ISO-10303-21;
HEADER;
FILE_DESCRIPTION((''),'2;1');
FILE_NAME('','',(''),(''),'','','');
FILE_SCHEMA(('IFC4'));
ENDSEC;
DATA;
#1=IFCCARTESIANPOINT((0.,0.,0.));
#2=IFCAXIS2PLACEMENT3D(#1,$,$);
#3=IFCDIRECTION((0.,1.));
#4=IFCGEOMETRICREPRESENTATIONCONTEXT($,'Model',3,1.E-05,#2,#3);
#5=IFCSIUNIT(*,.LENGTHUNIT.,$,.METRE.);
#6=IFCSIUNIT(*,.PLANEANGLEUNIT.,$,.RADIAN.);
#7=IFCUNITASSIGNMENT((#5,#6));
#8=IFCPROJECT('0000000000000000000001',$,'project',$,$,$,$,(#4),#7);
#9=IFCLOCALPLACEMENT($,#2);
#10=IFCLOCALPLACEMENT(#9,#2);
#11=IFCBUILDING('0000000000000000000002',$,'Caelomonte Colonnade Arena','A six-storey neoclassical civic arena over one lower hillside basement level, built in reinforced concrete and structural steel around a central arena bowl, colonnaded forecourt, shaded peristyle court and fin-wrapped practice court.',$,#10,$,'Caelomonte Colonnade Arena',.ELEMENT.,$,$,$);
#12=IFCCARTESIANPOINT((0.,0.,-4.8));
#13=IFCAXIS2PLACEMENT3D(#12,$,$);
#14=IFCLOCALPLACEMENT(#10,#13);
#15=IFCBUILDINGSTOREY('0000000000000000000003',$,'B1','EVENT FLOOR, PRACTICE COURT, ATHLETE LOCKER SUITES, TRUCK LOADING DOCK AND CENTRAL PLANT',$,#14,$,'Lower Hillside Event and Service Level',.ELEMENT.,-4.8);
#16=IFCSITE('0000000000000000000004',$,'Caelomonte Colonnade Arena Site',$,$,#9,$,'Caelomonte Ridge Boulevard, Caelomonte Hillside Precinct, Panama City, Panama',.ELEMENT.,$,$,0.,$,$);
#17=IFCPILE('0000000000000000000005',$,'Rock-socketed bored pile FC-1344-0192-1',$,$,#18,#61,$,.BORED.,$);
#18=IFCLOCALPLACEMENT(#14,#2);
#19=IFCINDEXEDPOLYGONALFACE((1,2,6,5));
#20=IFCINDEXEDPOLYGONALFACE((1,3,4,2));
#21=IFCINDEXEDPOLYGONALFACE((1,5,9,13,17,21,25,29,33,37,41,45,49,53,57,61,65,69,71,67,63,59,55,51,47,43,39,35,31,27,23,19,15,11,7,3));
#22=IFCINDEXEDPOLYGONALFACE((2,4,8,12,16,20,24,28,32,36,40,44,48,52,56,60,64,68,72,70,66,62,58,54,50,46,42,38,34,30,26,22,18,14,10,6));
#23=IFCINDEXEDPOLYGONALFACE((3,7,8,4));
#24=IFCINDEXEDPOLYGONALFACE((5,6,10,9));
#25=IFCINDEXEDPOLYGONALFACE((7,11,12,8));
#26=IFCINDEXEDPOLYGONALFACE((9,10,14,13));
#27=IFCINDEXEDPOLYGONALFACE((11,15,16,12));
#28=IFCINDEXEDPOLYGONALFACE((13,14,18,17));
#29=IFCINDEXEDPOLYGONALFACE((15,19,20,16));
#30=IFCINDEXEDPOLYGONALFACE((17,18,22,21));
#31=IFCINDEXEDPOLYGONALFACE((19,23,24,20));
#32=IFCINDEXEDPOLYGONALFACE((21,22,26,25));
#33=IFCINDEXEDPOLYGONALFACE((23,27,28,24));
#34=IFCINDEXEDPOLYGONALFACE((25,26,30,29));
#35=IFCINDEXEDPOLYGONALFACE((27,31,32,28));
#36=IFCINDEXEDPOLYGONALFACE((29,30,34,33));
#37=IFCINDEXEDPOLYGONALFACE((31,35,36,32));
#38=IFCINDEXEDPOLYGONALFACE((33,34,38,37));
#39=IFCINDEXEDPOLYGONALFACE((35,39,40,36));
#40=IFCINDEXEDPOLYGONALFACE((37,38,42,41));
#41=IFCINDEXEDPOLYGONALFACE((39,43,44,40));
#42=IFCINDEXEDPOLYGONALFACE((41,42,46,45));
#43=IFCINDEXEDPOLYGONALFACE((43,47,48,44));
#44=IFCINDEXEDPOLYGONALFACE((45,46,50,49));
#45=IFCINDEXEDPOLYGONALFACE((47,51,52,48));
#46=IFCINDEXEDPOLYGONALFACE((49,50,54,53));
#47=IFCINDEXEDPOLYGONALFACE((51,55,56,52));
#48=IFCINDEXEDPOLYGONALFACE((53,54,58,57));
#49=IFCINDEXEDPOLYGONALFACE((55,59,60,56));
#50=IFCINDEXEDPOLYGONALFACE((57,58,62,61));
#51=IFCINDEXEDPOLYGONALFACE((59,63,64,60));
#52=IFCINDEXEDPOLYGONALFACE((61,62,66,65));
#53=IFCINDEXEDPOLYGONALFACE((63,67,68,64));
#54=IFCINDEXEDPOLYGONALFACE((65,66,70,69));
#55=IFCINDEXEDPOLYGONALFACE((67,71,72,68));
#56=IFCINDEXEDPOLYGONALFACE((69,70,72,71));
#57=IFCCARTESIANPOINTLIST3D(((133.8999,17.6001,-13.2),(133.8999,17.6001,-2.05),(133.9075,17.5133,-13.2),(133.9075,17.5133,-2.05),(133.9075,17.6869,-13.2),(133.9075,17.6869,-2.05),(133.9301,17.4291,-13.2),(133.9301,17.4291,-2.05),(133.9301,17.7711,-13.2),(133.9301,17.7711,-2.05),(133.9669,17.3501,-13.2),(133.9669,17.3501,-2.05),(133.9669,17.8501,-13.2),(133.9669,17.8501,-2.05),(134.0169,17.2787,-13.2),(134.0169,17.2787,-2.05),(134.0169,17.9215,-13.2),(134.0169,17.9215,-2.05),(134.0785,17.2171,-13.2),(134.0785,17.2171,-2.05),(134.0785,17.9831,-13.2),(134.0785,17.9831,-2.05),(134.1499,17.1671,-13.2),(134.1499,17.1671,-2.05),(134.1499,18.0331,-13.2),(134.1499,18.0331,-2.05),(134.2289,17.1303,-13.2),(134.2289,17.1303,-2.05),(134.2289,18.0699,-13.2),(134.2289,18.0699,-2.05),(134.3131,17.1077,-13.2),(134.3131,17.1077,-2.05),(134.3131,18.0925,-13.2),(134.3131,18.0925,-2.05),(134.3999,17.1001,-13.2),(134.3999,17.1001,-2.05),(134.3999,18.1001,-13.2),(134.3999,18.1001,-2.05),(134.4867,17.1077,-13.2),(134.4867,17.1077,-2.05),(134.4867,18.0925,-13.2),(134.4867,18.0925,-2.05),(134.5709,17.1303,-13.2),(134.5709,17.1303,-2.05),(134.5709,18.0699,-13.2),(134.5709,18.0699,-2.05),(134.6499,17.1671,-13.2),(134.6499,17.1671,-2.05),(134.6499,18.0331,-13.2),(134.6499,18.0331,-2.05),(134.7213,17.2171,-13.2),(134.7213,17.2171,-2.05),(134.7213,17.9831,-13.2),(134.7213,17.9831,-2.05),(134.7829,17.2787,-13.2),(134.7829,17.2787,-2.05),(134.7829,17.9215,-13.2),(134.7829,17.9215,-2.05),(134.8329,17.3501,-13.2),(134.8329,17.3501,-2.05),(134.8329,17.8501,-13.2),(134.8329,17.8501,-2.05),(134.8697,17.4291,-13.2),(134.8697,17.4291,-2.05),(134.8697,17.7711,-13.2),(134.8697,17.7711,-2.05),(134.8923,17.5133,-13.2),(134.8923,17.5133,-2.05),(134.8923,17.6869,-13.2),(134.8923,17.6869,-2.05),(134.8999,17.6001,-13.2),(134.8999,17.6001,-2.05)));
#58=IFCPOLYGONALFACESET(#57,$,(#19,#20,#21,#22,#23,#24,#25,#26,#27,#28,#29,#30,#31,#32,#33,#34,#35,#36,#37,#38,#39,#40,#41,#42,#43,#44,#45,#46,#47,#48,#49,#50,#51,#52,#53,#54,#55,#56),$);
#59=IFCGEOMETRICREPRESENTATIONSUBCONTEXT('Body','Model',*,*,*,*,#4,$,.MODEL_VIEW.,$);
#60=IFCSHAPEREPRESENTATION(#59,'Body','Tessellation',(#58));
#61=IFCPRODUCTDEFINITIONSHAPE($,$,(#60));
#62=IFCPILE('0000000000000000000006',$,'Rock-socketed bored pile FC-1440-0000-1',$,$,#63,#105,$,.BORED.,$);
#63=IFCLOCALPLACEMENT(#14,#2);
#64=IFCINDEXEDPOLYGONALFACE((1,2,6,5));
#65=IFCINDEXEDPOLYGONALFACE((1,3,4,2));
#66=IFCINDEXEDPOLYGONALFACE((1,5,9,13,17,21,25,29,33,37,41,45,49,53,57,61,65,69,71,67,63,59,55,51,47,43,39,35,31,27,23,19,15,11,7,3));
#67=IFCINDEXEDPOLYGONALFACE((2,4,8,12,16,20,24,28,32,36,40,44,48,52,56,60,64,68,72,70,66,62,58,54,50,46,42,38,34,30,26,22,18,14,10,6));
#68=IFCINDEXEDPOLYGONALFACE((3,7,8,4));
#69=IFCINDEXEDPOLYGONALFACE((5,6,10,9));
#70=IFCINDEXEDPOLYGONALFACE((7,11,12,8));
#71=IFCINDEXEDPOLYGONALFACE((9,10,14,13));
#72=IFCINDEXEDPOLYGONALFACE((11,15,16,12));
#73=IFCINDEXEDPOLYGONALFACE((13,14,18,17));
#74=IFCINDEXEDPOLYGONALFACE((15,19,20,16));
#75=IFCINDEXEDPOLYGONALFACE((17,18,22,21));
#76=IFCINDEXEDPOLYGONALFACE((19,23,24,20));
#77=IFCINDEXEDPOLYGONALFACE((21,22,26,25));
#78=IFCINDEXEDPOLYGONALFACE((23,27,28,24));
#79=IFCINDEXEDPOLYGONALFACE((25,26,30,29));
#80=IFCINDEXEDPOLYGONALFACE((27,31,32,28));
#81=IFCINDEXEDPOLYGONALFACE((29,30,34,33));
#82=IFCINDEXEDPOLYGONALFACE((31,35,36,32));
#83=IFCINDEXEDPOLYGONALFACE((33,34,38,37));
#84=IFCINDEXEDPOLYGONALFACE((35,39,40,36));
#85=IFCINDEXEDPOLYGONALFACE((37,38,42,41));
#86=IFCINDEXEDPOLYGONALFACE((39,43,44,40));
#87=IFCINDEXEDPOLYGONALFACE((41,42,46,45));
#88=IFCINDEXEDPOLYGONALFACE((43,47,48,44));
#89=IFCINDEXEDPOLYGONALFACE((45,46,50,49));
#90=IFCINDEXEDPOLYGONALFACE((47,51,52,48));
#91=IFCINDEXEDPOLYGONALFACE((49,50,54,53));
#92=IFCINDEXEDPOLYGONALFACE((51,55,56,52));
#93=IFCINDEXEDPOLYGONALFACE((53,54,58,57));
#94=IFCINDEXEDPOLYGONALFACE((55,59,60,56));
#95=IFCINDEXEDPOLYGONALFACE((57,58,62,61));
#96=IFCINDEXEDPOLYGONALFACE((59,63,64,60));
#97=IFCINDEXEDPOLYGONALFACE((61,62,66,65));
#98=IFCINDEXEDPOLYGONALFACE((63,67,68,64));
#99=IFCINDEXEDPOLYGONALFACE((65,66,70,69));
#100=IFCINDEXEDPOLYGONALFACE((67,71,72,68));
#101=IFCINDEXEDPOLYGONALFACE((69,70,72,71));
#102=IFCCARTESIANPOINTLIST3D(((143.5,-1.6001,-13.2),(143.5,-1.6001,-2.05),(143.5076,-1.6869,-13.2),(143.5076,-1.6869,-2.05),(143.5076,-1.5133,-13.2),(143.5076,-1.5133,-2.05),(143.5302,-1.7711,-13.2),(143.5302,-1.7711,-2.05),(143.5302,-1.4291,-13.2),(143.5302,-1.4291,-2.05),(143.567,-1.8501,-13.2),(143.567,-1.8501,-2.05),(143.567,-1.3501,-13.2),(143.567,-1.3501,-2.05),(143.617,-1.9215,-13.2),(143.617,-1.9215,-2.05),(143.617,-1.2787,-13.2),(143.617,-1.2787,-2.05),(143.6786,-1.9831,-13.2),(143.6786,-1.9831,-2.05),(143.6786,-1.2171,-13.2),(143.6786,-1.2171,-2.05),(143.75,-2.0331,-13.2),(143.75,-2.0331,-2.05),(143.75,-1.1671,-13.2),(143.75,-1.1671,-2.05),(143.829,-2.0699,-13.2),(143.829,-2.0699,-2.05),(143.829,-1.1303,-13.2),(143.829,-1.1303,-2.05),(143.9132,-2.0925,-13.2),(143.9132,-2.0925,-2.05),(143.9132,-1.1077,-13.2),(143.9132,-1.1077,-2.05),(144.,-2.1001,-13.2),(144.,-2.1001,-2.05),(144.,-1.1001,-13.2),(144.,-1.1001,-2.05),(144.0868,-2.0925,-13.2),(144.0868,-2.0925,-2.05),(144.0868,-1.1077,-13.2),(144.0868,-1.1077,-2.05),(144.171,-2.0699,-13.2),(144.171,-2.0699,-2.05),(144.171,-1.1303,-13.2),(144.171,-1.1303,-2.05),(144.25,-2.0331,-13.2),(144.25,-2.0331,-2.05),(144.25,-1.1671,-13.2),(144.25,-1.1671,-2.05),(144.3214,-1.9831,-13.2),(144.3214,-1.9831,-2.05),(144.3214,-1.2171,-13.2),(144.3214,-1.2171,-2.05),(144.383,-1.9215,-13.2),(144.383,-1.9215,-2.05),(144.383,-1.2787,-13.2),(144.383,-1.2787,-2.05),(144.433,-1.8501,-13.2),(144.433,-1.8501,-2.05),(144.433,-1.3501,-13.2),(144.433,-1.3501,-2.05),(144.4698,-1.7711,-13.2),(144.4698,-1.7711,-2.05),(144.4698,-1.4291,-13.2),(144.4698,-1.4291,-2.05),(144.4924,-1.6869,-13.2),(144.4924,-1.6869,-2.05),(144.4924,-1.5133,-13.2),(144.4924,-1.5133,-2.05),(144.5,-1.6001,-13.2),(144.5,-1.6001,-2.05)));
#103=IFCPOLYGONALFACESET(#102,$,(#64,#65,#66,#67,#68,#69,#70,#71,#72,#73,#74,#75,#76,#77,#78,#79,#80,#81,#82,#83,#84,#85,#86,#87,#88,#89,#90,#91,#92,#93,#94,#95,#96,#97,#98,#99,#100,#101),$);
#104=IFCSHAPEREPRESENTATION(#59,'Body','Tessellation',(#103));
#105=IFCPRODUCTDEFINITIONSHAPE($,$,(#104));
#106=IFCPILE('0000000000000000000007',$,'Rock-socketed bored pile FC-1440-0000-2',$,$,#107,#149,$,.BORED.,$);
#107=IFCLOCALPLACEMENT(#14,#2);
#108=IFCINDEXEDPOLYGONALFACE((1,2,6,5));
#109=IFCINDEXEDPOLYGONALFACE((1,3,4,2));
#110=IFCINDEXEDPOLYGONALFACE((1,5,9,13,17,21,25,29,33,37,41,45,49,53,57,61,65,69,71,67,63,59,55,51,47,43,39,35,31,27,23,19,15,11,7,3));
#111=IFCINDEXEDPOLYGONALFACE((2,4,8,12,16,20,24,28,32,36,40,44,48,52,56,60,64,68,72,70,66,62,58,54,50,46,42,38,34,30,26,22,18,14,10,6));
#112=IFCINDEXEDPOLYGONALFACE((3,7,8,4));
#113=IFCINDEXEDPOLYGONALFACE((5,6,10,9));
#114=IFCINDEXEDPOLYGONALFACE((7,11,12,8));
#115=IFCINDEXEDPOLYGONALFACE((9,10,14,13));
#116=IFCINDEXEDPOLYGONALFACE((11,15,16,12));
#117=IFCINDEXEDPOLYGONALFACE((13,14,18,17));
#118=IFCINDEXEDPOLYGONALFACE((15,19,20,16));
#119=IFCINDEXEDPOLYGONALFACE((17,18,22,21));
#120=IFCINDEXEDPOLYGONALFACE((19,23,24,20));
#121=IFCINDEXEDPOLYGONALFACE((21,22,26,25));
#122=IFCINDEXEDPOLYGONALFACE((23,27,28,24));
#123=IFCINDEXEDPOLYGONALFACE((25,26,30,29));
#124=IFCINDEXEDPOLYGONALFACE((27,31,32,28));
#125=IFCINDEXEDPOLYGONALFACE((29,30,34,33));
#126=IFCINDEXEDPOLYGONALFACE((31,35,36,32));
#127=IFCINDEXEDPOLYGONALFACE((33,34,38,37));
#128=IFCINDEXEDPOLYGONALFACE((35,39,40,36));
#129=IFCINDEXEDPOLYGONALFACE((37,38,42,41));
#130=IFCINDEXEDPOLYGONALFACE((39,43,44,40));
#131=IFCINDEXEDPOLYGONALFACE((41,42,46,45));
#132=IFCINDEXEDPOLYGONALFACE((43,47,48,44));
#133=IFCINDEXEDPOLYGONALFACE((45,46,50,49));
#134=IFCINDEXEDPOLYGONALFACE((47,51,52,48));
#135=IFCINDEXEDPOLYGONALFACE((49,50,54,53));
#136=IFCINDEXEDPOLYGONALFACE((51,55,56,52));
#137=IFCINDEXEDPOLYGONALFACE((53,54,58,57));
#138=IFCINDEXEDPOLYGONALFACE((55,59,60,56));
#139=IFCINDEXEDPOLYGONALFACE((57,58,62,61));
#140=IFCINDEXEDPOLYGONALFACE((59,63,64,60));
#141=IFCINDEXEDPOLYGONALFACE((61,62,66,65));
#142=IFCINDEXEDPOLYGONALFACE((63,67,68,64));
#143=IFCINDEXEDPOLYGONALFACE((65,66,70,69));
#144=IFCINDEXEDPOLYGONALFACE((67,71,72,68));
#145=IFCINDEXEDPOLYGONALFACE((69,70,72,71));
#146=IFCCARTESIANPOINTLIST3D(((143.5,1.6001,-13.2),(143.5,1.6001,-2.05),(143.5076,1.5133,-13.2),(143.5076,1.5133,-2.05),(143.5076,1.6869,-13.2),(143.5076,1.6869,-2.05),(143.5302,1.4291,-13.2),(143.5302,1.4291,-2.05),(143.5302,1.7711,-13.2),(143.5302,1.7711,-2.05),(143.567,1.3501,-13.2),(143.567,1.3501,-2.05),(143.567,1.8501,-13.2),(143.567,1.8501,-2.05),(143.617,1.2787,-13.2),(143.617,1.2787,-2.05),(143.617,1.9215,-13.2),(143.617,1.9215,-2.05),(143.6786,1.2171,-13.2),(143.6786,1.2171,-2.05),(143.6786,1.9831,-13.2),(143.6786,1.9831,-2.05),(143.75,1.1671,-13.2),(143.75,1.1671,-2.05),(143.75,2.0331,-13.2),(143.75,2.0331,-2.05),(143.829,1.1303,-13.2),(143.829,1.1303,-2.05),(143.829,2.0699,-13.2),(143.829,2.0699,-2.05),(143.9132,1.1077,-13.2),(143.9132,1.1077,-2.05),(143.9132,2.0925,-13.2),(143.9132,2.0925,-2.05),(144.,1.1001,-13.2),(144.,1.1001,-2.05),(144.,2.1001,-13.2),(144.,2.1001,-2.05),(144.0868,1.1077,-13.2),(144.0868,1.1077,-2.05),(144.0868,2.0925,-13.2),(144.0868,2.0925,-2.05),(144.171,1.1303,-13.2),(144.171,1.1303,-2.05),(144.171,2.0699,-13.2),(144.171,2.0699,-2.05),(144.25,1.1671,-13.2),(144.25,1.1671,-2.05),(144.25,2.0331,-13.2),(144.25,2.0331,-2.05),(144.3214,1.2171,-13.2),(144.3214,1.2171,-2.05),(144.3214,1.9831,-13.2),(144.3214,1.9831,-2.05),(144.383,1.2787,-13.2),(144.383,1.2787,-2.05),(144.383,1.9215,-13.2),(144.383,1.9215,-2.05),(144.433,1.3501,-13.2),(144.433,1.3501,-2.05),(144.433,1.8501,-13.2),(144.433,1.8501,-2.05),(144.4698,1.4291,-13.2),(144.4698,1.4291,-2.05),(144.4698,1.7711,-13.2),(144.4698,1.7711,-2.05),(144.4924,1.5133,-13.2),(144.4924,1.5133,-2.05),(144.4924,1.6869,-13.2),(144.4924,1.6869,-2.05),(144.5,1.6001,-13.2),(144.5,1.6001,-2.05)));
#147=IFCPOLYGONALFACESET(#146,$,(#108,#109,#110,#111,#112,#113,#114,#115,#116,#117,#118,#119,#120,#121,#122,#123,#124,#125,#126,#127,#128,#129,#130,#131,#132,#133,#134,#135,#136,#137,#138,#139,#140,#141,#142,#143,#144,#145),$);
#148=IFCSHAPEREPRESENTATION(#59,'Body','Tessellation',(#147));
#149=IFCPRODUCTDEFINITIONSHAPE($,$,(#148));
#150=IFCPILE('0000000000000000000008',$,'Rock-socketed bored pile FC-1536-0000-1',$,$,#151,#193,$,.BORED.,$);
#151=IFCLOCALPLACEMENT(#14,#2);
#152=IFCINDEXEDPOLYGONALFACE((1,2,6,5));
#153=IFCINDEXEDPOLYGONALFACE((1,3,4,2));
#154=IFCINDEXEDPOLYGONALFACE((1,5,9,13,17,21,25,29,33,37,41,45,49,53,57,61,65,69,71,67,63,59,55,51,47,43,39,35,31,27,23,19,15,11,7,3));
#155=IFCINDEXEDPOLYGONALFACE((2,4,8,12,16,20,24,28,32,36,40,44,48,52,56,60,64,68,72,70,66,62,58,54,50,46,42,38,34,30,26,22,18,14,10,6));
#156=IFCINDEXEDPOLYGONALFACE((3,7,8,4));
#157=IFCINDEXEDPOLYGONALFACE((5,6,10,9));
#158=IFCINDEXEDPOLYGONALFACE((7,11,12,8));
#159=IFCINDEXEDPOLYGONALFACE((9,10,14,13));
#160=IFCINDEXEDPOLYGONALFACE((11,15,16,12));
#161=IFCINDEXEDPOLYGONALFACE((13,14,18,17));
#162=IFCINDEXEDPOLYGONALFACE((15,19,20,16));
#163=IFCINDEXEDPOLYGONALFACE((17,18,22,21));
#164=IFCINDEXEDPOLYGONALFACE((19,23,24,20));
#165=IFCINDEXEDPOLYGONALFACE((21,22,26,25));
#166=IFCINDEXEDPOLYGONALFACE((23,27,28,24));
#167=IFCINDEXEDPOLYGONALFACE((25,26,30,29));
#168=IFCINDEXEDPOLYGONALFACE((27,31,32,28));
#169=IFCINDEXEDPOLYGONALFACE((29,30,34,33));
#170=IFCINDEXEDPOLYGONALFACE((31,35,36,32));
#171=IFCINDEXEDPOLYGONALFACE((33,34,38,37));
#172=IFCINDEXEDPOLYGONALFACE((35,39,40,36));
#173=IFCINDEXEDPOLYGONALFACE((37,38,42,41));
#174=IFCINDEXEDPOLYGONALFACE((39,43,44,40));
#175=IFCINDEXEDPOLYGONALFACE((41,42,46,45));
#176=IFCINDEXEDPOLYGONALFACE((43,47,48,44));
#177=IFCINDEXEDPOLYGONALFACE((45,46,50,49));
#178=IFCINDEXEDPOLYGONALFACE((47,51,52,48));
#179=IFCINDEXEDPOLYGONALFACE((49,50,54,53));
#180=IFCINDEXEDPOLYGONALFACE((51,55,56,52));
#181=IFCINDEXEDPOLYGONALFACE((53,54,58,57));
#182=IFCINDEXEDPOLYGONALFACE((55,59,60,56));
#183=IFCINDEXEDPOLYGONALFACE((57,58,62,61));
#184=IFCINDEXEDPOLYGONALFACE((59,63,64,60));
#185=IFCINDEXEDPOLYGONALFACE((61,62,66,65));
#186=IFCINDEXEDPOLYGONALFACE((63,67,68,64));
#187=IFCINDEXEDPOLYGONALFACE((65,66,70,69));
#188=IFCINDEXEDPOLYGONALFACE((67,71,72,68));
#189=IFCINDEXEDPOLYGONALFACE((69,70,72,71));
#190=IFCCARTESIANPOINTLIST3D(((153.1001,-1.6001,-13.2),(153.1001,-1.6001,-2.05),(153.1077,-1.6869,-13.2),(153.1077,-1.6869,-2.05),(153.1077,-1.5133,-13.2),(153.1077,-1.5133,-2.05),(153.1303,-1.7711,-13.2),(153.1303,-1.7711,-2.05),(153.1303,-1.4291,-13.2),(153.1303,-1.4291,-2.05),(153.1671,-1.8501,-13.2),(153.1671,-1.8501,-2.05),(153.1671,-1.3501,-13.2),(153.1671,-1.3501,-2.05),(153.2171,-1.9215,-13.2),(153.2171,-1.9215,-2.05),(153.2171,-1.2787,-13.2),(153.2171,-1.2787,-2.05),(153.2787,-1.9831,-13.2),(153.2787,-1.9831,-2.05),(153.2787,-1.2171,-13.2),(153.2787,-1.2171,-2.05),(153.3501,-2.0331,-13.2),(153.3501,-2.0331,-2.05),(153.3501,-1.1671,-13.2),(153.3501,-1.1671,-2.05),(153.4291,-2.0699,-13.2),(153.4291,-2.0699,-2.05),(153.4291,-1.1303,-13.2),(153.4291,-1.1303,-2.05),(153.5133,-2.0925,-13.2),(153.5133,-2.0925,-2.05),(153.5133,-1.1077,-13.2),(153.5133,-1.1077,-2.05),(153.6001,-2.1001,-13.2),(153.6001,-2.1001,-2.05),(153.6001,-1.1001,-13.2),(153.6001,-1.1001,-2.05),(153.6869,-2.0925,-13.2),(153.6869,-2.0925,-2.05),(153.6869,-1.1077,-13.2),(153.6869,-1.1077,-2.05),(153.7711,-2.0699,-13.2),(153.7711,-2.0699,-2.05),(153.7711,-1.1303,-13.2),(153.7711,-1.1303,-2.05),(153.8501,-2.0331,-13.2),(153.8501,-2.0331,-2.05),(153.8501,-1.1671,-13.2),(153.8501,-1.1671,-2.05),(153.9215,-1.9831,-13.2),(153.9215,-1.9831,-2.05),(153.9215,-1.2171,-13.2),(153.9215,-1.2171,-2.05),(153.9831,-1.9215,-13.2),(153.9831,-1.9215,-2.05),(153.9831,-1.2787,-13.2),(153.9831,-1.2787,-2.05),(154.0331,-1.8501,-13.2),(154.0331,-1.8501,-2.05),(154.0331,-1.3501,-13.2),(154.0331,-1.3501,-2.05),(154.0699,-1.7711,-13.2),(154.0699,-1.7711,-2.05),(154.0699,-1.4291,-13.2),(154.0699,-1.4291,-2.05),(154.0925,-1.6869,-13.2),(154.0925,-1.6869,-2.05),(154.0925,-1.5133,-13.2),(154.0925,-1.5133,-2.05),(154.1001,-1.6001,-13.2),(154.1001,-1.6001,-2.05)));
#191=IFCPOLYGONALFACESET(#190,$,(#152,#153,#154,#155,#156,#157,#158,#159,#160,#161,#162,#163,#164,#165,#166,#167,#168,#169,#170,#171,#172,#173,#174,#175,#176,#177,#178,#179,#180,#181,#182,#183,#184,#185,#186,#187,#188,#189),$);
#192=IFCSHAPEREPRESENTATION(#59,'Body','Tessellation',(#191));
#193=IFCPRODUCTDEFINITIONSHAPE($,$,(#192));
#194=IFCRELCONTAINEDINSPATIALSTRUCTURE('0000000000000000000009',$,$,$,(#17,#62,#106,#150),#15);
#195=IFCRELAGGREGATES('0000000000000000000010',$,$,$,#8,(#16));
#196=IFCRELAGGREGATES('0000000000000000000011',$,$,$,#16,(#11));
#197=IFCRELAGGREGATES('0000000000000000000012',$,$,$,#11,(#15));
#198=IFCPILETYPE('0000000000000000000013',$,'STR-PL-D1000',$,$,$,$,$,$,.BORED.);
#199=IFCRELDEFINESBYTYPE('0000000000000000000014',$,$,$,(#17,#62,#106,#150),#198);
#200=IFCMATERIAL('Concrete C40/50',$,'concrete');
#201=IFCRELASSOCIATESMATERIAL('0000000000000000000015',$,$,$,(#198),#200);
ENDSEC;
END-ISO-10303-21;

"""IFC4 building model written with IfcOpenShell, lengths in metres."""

from ifc_helpers import new_model, si_unit, direction, frame, origin, origin_2d, place, context, subcontext, project, spatial, circle, extrude, material, material_profile, profile_set, type_object, element, save


model = new_model("IFC4")

# Units and contexts
model_context = context("Model", 3, precision=1e-05, world=origin(), true_north=direction((0.0, 1.0)))
body_context = subcontext(model_context, "Body", "Model", "MODEL_VIEW")
ifc_project = project(units=[si_unit("LENGTHUNIT", "METRE"), si_unit("PLANEANGLEUNIT", "RADIAN")], contexts=[model_context])

# Site, building, storey
site_placement = place(None, origin())
site = spatial("IfcSite", under=ifc_project, at=site_placement, Name="Caelomonte Colonnade Arena Site", LongName="Caelomonte Ridge Boulevard, Caelomonte Hillside Precinct, Panama City, Panama", CompositionType="ELEMENT", RefElevation=0.0)
building_placement = place(site_placement, origin())
building = spatial("IfcBuilding", under=site, at=building_placement, Name="Caelomonte Colonnade Arena", Description="A six-storey neoclassical civic arena over one lower hillside basement level, built in reinforced concrete and structural steel around a central arena bowl, colonnaded forecourt, shaded peristyle court and fin-wrapped practice court.", LongName="Caelomonte Colonnade Arena", CompositionType="ELEMENT")
storey_placement = place(building_placement, frame((0.0, 0.0, -4.8)))
storey = spatial("IfcBuildingStorey", under=building, at=storey_placement, Name="B1", Description="EVENT FLOOR, PRACTICE COURT, ATHLETE LOCKER SUITES, TRUCK LOADING DOCK AND CENTRAL PLANT", LongName="Lower Hillside Event and Service Level", CompositionType="ELEMENT", Elevation=-4.8)

# Shared definitions
ifc_material_1 = material(Name="Concrete C40/50", Category="concrete")

# Piles
ifc_material_profile_1 = material_profile(ifc_material_1, circle(Radius=0.5, at=origin_2d()), Name="PILE-D1000")
ifc_profile_set_1 = profile_set([ifc_material_profile_1], Name="Concrete C40/50")
pile_type_1 = type_object("IfcPileType", Name="STR-PL-D1000", PredefinedType="BORED", material=ifc_profile_set_1)
for number, where, z_axis, x_axis, name in (
    (1, (134.3999, 17.6001, -2.05), (0.0, 0.0, -1.0), (1.0, 0.0, 0.0), "Rock-socketed bored pile FC-1344-0192-1"),
    (2, (144.0, -1.6001, -2.05), (0.0, 0.0, -1.0), (1.0, 0.0, 0.0), "Rock-socketed bored pile FC-1440-0000-1"),
    (3, (144.0, 1.6001, -2.05), (0.0, 0.0, -1.0), (1.0, 0.0, 0.0), "Rock-socketed bored pile FC-1440-0000-2"),
    (4, (153.6001, -1.6001, -2.05), (0.0, 0.0, -1.0), (1.0, 0.0, 0.0), "Rock-socketed bored pile FC-1536-0000-1"),
):
    element("IfcPile", number, at=place(storey_placement, frame(where, z_axis=z_axis, x_axis=x_axis)), inside=storey, type_object=pile_type_1, Name=name, PredefinedType="BORED", context=body_context, shape_type="SweptSolid", body=[
        extrude(circle(Radius=0.5, at=origin_2d()), origin(), (0.0, 0.0, 1.0), 11.1499),
    ])

save(model, "model.ifc")
